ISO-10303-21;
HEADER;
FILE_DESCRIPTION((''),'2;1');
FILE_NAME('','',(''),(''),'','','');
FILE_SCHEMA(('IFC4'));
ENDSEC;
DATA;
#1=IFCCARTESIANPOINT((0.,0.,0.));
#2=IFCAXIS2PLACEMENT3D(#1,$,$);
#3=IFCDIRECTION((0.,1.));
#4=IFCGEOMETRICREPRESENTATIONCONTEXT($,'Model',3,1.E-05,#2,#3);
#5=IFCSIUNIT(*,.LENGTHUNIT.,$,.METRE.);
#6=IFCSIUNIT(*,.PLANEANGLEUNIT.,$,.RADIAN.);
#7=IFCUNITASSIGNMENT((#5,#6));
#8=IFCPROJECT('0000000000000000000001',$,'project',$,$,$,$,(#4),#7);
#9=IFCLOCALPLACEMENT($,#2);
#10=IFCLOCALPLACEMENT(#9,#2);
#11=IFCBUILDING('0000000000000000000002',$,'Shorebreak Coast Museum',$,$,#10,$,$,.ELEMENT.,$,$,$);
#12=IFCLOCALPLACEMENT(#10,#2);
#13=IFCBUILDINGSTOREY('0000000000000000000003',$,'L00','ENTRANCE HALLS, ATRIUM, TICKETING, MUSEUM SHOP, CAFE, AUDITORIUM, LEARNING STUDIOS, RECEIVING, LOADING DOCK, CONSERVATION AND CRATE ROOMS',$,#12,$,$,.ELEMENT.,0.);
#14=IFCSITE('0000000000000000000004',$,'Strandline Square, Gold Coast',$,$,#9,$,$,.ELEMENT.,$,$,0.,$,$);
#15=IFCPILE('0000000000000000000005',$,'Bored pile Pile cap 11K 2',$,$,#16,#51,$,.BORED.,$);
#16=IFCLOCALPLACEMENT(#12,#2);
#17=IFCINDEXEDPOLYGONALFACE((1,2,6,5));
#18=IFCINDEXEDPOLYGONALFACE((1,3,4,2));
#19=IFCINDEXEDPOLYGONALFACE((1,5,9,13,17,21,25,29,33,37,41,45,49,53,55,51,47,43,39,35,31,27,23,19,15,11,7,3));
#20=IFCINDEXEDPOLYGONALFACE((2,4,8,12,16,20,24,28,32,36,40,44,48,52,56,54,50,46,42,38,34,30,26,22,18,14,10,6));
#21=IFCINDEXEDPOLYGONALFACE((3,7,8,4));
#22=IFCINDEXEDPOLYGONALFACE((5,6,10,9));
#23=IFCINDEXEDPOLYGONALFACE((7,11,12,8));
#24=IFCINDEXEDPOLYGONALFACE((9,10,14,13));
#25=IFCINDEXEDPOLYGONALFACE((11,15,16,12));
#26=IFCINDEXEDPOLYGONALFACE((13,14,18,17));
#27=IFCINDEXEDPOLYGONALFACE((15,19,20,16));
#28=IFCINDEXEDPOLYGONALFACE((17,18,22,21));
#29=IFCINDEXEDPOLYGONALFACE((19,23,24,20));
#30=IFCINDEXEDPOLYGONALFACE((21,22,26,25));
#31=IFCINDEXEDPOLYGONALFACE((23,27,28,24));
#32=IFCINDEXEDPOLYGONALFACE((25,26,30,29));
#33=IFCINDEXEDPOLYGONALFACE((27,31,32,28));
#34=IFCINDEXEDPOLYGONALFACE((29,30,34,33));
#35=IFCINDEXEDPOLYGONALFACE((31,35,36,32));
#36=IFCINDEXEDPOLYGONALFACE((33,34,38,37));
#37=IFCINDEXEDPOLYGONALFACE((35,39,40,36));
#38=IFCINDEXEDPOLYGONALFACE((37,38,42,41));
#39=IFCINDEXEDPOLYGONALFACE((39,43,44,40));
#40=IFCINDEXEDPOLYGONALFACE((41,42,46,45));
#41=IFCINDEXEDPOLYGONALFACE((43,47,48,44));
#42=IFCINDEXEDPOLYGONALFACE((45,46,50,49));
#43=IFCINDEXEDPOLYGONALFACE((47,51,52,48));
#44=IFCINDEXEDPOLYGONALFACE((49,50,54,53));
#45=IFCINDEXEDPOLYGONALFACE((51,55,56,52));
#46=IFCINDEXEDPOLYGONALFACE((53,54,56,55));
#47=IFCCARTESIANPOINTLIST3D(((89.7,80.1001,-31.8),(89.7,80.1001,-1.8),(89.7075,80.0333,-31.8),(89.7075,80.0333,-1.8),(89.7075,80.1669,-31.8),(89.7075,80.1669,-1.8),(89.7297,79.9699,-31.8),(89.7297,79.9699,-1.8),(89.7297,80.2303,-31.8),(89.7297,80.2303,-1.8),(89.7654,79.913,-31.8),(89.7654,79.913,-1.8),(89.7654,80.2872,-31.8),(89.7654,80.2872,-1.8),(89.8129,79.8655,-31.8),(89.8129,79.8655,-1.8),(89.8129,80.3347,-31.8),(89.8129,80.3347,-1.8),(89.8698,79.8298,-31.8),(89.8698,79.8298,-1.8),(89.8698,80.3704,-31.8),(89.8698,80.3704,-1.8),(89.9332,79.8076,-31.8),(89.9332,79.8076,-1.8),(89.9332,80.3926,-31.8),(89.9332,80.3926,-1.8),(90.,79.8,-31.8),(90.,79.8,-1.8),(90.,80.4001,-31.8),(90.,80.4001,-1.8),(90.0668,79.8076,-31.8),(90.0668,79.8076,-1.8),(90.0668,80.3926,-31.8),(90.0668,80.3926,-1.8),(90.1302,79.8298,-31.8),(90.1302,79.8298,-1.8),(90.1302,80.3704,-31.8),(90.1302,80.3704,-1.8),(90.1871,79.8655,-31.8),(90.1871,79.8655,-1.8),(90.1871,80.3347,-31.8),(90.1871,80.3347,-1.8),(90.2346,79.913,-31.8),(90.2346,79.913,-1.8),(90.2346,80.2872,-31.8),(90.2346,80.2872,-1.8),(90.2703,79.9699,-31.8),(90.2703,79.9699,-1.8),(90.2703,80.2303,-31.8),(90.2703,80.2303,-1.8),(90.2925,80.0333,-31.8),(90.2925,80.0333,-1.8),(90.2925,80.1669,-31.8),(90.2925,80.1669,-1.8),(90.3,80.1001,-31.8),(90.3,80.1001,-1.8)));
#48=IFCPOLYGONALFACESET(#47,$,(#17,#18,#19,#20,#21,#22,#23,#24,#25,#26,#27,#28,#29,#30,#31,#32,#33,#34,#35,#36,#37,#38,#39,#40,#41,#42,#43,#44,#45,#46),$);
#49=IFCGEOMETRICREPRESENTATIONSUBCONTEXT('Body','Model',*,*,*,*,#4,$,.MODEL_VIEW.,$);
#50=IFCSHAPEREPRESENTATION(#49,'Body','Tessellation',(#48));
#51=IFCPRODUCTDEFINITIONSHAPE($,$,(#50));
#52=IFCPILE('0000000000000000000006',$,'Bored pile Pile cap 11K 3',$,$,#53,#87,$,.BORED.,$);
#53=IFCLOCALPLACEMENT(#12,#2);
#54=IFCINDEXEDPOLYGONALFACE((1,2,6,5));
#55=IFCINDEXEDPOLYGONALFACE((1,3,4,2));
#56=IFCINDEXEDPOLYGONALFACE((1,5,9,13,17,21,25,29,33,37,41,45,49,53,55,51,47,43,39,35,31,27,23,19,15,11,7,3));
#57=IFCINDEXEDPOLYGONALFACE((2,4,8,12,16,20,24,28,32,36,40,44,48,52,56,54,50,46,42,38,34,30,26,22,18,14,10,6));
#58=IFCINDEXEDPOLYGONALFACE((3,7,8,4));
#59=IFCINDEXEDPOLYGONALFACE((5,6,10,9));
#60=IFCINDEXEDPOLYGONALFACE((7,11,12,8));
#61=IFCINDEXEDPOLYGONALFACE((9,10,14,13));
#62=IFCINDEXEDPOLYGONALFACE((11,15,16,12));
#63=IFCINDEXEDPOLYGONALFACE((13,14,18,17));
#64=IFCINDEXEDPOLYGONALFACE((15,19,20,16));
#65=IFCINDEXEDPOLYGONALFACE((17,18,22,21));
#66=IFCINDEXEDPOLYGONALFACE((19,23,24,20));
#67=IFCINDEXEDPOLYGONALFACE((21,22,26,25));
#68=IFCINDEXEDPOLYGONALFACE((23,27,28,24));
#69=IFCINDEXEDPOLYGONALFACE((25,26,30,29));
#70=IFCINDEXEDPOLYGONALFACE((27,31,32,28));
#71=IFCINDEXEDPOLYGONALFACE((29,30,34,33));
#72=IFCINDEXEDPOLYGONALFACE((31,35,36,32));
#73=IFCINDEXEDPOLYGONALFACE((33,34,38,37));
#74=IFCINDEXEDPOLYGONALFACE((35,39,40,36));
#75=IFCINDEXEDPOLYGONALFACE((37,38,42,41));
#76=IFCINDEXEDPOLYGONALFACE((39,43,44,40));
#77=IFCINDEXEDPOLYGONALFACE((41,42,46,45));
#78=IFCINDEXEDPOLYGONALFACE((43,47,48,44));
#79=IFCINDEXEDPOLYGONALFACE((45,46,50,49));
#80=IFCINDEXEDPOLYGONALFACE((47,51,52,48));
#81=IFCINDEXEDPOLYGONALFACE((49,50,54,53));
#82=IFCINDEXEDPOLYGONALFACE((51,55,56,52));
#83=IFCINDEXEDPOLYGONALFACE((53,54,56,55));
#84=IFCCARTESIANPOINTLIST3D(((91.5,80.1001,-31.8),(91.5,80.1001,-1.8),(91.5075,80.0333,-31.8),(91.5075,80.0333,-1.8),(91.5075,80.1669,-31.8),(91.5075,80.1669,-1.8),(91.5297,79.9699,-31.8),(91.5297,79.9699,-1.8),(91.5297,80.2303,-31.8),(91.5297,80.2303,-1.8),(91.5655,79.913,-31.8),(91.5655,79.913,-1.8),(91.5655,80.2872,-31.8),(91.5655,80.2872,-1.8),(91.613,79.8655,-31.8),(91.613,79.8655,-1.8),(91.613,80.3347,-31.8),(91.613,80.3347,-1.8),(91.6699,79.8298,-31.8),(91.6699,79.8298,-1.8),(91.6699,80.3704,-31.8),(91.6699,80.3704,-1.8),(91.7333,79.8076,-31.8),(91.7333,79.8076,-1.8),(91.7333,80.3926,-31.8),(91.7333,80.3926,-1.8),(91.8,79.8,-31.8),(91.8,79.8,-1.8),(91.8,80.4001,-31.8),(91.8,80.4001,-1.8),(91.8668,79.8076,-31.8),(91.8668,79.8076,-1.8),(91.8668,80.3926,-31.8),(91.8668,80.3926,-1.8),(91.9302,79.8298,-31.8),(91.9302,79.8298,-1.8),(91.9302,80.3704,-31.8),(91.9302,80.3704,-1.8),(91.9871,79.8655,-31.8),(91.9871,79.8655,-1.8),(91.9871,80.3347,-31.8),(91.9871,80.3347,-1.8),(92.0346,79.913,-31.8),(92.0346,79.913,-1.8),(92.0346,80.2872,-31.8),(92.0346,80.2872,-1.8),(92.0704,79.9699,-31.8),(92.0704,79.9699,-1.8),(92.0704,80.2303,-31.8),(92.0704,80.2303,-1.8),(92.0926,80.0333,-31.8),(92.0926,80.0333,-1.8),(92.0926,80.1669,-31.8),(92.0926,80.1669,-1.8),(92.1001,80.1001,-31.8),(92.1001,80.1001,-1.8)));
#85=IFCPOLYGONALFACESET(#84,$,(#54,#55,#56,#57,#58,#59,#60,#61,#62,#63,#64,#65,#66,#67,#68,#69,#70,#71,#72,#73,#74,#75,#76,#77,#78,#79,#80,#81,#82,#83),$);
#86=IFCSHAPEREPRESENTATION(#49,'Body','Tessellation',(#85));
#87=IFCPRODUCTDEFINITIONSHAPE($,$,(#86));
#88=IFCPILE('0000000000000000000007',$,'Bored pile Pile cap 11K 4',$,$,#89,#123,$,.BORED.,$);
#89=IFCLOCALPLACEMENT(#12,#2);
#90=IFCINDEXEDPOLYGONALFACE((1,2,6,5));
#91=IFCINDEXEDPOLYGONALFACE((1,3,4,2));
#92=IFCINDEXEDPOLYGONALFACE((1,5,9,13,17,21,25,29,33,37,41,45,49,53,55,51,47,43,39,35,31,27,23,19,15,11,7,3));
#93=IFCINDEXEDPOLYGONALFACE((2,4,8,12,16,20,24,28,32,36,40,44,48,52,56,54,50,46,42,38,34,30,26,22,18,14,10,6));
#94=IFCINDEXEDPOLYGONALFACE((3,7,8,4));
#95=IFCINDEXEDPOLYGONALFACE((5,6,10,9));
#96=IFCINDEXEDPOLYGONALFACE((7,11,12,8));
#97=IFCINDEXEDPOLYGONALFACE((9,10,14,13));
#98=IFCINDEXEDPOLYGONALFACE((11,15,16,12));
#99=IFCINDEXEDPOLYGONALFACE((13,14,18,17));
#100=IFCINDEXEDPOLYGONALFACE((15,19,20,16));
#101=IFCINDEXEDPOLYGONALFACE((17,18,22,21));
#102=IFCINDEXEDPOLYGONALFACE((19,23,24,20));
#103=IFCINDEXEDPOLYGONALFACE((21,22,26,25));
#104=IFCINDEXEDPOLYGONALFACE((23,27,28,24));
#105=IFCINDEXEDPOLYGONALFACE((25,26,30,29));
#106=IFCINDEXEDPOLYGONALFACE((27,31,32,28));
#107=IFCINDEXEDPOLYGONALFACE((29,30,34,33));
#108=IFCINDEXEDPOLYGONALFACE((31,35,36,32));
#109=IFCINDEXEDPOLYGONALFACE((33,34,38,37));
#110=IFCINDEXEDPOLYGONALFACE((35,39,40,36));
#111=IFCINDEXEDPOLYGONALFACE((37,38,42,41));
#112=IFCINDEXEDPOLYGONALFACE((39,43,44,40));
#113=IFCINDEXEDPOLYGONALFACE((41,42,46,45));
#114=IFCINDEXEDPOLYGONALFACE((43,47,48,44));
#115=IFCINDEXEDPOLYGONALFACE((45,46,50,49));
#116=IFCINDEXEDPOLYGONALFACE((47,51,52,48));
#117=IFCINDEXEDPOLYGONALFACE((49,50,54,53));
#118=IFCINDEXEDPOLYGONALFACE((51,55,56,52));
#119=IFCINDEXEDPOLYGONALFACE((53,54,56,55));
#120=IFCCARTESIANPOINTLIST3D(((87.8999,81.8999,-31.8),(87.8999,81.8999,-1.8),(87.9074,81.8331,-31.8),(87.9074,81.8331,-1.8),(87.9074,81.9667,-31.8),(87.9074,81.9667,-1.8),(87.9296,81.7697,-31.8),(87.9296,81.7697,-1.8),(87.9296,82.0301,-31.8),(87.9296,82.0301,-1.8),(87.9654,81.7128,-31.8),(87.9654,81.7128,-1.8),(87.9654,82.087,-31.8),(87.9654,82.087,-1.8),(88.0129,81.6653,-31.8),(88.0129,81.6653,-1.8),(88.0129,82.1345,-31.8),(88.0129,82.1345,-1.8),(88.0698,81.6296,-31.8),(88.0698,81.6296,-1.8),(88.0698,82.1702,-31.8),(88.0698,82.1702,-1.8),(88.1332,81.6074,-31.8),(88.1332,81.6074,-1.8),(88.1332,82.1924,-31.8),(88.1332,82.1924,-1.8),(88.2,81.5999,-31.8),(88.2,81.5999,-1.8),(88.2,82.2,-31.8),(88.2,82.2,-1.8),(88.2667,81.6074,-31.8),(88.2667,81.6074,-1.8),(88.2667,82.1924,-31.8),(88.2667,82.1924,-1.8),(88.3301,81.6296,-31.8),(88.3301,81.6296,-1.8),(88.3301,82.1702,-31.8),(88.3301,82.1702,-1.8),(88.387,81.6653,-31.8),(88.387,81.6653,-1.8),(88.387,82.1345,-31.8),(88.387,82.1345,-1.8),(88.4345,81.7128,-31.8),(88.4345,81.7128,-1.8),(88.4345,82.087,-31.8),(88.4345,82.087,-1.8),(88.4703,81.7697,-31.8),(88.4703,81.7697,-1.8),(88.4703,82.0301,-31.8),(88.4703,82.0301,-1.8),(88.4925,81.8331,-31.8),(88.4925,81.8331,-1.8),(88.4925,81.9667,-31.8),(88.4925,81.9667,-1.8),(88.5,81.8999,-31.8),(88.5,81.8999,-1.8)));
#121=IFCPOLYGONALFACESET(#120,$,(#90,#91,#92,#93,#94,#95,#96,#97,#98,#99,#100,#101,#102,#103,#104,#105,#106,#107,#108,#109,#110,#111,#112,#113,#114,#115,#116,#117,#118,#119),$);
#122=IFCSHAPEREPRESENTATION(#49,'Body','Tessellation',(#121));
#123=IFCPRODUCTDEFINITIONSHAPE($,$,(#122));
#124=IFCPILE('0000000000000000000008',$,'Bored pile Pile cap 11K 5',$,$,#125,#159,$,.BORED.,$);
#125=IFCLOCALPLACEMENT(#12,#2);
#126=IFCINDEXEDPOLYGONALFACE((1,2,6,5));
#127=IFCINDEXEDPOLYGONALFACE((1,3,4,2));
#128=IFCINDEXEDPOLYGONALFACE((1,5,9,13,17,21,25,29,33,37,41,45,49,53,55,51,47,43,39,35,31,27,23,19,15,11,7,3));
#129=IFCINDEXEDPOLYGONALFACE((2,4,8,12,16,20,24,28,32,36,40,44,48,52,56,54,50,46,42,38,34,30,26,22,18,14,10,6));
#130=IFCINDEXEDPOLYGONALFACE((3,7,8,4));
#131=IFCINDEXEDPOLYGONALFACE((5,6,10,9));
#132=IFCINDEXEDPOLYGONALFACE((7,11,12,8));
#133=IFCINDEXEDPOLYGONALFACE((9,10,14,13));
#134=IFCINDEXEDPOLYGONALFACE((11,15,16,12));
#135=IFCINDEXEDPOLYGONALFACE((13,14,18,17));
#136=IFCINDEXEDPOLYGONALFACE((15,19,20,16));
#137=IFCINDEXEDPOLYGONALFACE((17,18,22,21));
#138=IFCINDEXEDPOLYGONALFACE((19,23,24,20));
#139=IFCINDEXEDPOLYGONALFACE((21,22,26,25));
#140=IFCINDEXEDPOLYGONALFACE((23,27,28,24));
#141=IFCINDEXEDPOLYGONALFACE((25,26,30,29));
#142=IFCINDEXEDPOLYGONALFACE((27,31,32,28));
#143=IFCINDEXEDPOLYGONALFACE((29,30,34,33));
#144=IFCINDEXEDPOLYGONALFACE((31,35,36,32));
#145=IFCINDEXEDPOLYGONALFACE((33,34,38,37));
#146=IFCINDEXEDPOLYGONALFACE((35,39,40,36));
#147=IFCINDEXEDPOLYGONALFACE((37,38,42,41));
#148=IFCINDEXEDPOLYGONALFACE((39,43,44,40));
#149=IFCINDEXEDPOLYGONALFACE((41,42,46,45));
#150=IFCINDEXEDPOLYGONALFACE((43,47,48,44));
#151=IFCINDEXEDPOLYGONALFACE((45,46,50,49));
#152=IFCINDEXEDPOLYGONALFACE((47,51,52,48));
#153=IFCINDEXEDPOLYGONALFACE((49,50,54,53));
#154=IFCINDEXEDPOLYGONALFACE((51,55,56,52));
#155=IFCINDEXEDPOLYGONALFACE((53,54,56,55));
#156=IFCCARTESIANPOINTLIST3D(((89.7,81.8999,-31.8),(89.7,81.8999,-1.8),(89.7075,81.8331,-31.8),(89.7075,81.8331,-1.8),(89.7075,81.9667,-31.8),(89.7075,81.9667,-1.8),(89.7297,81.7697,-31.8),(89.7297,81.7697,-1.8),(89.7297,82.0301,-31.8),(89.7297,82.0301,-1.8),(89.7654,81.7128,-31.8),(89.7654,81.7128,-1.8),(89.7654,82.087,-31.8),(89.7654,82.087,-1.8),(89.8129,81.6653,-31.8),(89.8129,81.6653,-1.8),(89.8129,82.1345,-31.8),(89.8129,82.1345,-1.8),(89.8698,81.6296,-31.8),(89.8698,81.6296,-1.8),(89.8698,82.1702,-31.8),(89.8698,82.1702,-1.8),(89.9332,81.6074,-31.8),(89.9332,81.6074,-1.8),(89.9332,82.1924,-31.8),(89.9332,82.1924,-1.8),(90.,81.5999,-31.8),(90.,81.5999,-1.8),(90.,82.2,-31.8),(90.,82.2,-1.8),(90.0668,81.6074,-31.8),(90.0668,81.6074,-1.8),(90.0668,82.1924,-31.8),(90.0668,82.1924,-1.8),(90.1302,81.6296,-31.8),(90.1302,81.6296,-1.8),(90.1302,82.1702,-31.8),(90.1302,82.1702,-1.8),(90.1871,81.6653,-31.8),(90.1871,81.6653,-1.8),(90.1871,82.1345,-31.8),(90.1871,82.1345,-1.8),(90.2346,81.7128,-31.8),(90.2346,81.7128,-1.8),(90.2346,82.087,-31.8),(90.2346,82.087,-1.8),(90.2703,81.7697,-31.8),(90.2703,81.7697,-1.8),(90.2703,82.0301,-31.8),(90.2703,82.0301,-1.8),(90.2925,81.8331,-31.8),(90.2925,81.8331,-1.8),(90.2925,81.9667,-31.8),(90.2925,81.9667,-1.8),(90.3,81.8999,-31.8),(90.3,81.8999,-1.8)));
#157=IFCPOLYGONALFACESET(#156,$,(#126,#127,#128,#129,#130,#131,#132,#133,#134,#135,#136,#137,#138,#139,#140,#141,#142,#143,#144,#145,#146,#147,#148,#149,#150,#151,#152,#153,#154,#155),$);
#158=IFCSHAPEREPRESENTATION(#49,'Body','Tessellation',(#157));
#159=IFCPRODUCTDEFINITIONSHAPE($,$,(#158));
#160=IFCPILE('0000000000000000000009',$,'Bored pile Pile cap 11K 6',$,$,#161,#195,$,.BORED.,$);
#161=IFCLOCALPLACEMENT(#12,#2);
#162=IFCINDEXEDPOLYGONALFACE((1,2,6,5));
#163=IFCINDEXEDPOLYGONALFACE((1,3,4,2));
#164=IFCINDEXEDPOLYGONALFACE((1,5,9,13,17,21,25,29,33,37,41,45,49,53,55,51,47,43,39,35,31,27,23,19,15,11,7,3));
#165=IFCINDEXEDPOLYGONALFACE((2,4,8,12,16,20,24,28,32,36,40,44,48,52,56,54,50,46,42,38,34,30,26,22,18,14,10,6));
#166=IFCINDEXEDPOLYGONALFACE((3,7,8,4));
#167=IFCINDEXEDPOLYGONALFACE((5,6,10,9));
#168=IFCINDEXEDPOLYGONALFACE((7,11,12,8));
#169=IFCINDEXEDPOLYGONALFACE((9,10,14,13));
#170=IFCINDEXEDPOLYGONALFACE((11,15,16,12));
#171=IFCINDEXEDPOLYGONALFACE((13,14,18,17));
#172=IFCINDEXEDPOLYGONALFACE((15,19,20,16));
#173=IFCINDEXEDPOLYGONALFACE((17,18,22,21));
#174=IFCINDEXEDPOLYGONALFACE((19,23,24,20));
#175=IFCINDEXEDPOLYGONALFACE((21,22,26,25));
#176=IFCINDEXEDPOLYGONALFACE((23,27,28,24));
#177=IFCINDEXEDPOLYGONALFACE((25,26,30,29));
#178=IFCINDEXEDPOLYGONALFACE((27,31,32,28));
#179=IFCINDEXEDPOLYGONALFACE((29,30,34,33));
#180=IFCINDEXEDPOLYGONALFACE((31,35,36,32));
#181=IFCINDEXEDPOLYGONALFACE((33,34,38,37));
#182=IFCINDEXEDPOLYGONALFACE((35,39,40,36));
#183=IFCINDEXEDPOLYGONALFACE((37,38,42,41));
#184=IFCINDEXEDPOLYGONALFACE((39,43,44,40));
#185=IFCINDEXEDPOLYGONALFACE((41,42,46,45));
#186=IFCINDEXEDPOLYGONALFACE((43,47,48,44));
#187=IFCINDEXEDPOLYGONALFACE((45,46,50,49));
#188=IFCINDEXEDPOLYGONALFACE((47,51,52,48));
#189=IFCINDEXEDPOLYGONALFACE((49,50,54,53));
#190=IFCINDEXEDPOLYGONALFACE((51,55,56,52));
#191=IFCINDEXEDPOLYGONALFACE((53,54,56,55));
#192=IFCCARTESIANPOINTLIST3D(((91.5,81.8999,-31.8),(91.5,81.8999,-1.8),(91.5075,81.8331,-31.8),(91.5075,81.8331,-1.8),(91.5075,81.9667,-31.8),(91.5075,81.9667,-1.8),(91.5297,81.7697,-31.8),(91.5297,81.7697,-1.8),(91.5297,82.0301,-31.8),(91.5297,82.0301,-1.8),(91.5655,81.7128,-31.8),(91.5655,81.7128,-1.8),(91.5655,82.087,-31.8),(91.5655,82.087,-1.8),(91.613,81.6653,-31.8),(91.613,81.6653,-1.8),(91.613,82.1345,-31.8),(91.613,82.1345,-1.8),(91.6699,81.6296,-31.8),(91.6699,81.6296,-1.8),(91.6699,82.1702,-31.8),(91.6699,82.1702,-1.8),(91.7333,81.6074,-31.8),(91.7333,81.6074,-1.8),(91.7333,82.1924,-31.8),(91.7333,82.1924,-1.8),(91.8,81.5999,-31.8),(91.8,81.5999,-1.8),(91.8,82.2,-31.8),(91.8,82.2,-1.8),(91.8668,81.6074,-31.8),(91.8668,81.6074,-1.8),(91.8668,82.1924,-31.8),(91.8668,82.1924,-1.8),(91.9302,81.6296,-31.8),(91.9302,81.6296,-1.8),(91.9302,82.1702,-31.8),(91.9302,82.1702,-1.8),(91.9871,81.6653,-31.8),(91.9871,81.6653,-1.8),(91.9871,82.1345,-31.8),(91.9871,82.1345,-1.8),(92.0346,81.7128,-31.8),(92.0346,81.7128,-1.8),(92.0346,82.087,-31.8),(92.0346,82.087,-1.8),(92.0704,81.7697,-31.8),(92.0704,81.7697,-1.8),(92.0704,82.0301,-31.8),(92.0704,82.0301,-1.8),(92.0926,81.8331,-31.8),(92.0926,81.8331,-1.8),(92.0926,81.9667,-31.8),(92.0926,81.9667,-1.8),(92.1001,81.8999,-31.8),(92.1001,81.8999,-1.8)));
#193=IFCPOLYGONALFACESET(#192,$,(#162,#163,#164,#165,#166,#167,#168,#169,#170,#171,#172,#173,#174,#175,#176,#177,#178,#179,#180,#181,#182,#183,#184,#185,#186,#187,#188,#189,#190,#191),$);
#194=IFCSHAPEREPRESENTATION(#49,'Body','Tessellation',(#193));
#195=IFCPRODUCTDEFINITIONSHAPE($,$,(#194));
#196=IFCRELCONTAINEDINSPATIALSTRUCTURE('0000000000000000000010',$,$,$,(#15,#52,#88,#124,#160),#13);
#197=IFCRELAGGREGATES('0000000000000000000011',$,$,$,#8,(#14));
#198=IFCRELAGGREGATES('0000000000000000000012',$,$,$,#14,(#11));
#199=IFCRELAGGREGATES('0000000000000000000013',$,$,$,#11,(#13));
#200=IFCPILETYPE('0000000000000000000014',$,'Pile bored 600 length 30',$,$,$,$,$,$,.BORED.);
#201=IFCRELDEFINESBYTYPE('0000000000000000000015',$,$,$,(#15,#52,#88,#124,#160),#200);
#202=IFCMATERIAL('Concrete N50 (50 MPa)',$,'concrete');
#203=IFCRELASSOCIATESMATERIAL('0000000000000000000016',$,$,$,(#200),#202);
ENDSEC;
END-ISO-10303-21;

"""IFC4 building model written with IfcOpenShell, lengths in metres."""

from ifc_helpers import new_model, si_unit, direction, frame, origin, origin_2d, place, context, subcontext, project, spatial, circle, extrude, material, material_profile, profile_set, type_object, element, save


model = new_model("IFC4")

# Units and contexts
model_context = context("Model", 3, precision=1e-05, world=origin(), true_north=direction((0.0, 1.0)))
body_context = subcontext(model_context, "Body", "Model", "MODEL_VIEW")
ifc_project = project(units=[si_unit("LENGTHUNIT", "METRE"), si_unit("PLANEANGLEUNIT", "RADIAN")], contexts=[model_context])

# Site, building, storey
site_placement = place(None, origin())
site = spatial("IfcSite", under=ifc_project, at=site_placement, Name="Strandline Square, Gold Coast", CompositionType="ELEMENT", RefElevation=0.0)
building_placement = place(site_placement, origin())
building = spatial("IfcBuilding", under=site, at=building_placement, Name="Shorebreak Coast Museum", CompositionType="ELEMENT")
storey_placement = place(building_placement, origin())
storey = spatial("IfcBuildingStorey", under=building, at=storey_placement, Name="L00", Description="ENTRANCE HALLS, ATRIUM, TICKETING, MUSEUM SHOP, CAFE, AUDITORIUM, LEARNING STUDIOS, RECEIVING, LOADING DOCK, CONSERVATION AND CRATE ROOMS", CompositionType="ELEMENT", Elevation=0.0)

# Piles
ifc_material_1 = material(Name="Concrete N50 (50 MPa)", Category="concrete")
ifc_material_profile_1 = material_profile(ifc_material_1, circle(Radius=0.3, at=origin_2d()), Name="Pile bored 600 length 30")
ifc_profile_set_1 = profile_set([ifc_material_profile_1], Name="Concrete N50 (50 MPa)")
pile_type_1 = type_object("IfcPileType", Name="Pile bored 600 length 30", PredefinedType="BORED", material=ifc_profile_set_1)
for number, where, z_axis, x_axis, name in (
    (1, (90.0, 80.1001, -1.8), (0.0, 0.0, -1.0), (1.0, 0.0, 0.0), "Bored pile Pile cap 11K 2"),
    (2, (91.8, 80.1001, -1.8), (0.0, 0.0, -1.0), (1.0, 0.0, 0.0), "Bored pile Pile cap 11K 3"),
    (3, (88.2, 81.8999, -1.8), (0.0, 0.0, -1.0), (1.0, 0.0, 0.0), "Bored pile Pile cap 11K 4"),
    (4, (90.0, 81.8999, -1.8), (0.0, 0.0, -1.0), (1.0, 0.0, 0.0), "Bored pile Pile cap 11K 5"),
    (5, (91.8, 81.8999, -1.8), (0.0, 0.0, -1.0), (1.0, 0.0, 0.0), "Bored pile Pile cap 11K 6"),
):
    element("IfcPile", number, at=place(storey_placement, frame(where, z_axis=z_axis, x_axis=x_axis)), inside=storey, type_object=pile_type_1, Name=name, PredefinedType="BORED", context=body_context, shape_type="SweptSolid", body=[
        extrude(circle(Radius=0.3, at=origin_2d()), origin(), (0.0, 0.0, 1.0), 30.0),
    ])

save(model, "model.ifc")
